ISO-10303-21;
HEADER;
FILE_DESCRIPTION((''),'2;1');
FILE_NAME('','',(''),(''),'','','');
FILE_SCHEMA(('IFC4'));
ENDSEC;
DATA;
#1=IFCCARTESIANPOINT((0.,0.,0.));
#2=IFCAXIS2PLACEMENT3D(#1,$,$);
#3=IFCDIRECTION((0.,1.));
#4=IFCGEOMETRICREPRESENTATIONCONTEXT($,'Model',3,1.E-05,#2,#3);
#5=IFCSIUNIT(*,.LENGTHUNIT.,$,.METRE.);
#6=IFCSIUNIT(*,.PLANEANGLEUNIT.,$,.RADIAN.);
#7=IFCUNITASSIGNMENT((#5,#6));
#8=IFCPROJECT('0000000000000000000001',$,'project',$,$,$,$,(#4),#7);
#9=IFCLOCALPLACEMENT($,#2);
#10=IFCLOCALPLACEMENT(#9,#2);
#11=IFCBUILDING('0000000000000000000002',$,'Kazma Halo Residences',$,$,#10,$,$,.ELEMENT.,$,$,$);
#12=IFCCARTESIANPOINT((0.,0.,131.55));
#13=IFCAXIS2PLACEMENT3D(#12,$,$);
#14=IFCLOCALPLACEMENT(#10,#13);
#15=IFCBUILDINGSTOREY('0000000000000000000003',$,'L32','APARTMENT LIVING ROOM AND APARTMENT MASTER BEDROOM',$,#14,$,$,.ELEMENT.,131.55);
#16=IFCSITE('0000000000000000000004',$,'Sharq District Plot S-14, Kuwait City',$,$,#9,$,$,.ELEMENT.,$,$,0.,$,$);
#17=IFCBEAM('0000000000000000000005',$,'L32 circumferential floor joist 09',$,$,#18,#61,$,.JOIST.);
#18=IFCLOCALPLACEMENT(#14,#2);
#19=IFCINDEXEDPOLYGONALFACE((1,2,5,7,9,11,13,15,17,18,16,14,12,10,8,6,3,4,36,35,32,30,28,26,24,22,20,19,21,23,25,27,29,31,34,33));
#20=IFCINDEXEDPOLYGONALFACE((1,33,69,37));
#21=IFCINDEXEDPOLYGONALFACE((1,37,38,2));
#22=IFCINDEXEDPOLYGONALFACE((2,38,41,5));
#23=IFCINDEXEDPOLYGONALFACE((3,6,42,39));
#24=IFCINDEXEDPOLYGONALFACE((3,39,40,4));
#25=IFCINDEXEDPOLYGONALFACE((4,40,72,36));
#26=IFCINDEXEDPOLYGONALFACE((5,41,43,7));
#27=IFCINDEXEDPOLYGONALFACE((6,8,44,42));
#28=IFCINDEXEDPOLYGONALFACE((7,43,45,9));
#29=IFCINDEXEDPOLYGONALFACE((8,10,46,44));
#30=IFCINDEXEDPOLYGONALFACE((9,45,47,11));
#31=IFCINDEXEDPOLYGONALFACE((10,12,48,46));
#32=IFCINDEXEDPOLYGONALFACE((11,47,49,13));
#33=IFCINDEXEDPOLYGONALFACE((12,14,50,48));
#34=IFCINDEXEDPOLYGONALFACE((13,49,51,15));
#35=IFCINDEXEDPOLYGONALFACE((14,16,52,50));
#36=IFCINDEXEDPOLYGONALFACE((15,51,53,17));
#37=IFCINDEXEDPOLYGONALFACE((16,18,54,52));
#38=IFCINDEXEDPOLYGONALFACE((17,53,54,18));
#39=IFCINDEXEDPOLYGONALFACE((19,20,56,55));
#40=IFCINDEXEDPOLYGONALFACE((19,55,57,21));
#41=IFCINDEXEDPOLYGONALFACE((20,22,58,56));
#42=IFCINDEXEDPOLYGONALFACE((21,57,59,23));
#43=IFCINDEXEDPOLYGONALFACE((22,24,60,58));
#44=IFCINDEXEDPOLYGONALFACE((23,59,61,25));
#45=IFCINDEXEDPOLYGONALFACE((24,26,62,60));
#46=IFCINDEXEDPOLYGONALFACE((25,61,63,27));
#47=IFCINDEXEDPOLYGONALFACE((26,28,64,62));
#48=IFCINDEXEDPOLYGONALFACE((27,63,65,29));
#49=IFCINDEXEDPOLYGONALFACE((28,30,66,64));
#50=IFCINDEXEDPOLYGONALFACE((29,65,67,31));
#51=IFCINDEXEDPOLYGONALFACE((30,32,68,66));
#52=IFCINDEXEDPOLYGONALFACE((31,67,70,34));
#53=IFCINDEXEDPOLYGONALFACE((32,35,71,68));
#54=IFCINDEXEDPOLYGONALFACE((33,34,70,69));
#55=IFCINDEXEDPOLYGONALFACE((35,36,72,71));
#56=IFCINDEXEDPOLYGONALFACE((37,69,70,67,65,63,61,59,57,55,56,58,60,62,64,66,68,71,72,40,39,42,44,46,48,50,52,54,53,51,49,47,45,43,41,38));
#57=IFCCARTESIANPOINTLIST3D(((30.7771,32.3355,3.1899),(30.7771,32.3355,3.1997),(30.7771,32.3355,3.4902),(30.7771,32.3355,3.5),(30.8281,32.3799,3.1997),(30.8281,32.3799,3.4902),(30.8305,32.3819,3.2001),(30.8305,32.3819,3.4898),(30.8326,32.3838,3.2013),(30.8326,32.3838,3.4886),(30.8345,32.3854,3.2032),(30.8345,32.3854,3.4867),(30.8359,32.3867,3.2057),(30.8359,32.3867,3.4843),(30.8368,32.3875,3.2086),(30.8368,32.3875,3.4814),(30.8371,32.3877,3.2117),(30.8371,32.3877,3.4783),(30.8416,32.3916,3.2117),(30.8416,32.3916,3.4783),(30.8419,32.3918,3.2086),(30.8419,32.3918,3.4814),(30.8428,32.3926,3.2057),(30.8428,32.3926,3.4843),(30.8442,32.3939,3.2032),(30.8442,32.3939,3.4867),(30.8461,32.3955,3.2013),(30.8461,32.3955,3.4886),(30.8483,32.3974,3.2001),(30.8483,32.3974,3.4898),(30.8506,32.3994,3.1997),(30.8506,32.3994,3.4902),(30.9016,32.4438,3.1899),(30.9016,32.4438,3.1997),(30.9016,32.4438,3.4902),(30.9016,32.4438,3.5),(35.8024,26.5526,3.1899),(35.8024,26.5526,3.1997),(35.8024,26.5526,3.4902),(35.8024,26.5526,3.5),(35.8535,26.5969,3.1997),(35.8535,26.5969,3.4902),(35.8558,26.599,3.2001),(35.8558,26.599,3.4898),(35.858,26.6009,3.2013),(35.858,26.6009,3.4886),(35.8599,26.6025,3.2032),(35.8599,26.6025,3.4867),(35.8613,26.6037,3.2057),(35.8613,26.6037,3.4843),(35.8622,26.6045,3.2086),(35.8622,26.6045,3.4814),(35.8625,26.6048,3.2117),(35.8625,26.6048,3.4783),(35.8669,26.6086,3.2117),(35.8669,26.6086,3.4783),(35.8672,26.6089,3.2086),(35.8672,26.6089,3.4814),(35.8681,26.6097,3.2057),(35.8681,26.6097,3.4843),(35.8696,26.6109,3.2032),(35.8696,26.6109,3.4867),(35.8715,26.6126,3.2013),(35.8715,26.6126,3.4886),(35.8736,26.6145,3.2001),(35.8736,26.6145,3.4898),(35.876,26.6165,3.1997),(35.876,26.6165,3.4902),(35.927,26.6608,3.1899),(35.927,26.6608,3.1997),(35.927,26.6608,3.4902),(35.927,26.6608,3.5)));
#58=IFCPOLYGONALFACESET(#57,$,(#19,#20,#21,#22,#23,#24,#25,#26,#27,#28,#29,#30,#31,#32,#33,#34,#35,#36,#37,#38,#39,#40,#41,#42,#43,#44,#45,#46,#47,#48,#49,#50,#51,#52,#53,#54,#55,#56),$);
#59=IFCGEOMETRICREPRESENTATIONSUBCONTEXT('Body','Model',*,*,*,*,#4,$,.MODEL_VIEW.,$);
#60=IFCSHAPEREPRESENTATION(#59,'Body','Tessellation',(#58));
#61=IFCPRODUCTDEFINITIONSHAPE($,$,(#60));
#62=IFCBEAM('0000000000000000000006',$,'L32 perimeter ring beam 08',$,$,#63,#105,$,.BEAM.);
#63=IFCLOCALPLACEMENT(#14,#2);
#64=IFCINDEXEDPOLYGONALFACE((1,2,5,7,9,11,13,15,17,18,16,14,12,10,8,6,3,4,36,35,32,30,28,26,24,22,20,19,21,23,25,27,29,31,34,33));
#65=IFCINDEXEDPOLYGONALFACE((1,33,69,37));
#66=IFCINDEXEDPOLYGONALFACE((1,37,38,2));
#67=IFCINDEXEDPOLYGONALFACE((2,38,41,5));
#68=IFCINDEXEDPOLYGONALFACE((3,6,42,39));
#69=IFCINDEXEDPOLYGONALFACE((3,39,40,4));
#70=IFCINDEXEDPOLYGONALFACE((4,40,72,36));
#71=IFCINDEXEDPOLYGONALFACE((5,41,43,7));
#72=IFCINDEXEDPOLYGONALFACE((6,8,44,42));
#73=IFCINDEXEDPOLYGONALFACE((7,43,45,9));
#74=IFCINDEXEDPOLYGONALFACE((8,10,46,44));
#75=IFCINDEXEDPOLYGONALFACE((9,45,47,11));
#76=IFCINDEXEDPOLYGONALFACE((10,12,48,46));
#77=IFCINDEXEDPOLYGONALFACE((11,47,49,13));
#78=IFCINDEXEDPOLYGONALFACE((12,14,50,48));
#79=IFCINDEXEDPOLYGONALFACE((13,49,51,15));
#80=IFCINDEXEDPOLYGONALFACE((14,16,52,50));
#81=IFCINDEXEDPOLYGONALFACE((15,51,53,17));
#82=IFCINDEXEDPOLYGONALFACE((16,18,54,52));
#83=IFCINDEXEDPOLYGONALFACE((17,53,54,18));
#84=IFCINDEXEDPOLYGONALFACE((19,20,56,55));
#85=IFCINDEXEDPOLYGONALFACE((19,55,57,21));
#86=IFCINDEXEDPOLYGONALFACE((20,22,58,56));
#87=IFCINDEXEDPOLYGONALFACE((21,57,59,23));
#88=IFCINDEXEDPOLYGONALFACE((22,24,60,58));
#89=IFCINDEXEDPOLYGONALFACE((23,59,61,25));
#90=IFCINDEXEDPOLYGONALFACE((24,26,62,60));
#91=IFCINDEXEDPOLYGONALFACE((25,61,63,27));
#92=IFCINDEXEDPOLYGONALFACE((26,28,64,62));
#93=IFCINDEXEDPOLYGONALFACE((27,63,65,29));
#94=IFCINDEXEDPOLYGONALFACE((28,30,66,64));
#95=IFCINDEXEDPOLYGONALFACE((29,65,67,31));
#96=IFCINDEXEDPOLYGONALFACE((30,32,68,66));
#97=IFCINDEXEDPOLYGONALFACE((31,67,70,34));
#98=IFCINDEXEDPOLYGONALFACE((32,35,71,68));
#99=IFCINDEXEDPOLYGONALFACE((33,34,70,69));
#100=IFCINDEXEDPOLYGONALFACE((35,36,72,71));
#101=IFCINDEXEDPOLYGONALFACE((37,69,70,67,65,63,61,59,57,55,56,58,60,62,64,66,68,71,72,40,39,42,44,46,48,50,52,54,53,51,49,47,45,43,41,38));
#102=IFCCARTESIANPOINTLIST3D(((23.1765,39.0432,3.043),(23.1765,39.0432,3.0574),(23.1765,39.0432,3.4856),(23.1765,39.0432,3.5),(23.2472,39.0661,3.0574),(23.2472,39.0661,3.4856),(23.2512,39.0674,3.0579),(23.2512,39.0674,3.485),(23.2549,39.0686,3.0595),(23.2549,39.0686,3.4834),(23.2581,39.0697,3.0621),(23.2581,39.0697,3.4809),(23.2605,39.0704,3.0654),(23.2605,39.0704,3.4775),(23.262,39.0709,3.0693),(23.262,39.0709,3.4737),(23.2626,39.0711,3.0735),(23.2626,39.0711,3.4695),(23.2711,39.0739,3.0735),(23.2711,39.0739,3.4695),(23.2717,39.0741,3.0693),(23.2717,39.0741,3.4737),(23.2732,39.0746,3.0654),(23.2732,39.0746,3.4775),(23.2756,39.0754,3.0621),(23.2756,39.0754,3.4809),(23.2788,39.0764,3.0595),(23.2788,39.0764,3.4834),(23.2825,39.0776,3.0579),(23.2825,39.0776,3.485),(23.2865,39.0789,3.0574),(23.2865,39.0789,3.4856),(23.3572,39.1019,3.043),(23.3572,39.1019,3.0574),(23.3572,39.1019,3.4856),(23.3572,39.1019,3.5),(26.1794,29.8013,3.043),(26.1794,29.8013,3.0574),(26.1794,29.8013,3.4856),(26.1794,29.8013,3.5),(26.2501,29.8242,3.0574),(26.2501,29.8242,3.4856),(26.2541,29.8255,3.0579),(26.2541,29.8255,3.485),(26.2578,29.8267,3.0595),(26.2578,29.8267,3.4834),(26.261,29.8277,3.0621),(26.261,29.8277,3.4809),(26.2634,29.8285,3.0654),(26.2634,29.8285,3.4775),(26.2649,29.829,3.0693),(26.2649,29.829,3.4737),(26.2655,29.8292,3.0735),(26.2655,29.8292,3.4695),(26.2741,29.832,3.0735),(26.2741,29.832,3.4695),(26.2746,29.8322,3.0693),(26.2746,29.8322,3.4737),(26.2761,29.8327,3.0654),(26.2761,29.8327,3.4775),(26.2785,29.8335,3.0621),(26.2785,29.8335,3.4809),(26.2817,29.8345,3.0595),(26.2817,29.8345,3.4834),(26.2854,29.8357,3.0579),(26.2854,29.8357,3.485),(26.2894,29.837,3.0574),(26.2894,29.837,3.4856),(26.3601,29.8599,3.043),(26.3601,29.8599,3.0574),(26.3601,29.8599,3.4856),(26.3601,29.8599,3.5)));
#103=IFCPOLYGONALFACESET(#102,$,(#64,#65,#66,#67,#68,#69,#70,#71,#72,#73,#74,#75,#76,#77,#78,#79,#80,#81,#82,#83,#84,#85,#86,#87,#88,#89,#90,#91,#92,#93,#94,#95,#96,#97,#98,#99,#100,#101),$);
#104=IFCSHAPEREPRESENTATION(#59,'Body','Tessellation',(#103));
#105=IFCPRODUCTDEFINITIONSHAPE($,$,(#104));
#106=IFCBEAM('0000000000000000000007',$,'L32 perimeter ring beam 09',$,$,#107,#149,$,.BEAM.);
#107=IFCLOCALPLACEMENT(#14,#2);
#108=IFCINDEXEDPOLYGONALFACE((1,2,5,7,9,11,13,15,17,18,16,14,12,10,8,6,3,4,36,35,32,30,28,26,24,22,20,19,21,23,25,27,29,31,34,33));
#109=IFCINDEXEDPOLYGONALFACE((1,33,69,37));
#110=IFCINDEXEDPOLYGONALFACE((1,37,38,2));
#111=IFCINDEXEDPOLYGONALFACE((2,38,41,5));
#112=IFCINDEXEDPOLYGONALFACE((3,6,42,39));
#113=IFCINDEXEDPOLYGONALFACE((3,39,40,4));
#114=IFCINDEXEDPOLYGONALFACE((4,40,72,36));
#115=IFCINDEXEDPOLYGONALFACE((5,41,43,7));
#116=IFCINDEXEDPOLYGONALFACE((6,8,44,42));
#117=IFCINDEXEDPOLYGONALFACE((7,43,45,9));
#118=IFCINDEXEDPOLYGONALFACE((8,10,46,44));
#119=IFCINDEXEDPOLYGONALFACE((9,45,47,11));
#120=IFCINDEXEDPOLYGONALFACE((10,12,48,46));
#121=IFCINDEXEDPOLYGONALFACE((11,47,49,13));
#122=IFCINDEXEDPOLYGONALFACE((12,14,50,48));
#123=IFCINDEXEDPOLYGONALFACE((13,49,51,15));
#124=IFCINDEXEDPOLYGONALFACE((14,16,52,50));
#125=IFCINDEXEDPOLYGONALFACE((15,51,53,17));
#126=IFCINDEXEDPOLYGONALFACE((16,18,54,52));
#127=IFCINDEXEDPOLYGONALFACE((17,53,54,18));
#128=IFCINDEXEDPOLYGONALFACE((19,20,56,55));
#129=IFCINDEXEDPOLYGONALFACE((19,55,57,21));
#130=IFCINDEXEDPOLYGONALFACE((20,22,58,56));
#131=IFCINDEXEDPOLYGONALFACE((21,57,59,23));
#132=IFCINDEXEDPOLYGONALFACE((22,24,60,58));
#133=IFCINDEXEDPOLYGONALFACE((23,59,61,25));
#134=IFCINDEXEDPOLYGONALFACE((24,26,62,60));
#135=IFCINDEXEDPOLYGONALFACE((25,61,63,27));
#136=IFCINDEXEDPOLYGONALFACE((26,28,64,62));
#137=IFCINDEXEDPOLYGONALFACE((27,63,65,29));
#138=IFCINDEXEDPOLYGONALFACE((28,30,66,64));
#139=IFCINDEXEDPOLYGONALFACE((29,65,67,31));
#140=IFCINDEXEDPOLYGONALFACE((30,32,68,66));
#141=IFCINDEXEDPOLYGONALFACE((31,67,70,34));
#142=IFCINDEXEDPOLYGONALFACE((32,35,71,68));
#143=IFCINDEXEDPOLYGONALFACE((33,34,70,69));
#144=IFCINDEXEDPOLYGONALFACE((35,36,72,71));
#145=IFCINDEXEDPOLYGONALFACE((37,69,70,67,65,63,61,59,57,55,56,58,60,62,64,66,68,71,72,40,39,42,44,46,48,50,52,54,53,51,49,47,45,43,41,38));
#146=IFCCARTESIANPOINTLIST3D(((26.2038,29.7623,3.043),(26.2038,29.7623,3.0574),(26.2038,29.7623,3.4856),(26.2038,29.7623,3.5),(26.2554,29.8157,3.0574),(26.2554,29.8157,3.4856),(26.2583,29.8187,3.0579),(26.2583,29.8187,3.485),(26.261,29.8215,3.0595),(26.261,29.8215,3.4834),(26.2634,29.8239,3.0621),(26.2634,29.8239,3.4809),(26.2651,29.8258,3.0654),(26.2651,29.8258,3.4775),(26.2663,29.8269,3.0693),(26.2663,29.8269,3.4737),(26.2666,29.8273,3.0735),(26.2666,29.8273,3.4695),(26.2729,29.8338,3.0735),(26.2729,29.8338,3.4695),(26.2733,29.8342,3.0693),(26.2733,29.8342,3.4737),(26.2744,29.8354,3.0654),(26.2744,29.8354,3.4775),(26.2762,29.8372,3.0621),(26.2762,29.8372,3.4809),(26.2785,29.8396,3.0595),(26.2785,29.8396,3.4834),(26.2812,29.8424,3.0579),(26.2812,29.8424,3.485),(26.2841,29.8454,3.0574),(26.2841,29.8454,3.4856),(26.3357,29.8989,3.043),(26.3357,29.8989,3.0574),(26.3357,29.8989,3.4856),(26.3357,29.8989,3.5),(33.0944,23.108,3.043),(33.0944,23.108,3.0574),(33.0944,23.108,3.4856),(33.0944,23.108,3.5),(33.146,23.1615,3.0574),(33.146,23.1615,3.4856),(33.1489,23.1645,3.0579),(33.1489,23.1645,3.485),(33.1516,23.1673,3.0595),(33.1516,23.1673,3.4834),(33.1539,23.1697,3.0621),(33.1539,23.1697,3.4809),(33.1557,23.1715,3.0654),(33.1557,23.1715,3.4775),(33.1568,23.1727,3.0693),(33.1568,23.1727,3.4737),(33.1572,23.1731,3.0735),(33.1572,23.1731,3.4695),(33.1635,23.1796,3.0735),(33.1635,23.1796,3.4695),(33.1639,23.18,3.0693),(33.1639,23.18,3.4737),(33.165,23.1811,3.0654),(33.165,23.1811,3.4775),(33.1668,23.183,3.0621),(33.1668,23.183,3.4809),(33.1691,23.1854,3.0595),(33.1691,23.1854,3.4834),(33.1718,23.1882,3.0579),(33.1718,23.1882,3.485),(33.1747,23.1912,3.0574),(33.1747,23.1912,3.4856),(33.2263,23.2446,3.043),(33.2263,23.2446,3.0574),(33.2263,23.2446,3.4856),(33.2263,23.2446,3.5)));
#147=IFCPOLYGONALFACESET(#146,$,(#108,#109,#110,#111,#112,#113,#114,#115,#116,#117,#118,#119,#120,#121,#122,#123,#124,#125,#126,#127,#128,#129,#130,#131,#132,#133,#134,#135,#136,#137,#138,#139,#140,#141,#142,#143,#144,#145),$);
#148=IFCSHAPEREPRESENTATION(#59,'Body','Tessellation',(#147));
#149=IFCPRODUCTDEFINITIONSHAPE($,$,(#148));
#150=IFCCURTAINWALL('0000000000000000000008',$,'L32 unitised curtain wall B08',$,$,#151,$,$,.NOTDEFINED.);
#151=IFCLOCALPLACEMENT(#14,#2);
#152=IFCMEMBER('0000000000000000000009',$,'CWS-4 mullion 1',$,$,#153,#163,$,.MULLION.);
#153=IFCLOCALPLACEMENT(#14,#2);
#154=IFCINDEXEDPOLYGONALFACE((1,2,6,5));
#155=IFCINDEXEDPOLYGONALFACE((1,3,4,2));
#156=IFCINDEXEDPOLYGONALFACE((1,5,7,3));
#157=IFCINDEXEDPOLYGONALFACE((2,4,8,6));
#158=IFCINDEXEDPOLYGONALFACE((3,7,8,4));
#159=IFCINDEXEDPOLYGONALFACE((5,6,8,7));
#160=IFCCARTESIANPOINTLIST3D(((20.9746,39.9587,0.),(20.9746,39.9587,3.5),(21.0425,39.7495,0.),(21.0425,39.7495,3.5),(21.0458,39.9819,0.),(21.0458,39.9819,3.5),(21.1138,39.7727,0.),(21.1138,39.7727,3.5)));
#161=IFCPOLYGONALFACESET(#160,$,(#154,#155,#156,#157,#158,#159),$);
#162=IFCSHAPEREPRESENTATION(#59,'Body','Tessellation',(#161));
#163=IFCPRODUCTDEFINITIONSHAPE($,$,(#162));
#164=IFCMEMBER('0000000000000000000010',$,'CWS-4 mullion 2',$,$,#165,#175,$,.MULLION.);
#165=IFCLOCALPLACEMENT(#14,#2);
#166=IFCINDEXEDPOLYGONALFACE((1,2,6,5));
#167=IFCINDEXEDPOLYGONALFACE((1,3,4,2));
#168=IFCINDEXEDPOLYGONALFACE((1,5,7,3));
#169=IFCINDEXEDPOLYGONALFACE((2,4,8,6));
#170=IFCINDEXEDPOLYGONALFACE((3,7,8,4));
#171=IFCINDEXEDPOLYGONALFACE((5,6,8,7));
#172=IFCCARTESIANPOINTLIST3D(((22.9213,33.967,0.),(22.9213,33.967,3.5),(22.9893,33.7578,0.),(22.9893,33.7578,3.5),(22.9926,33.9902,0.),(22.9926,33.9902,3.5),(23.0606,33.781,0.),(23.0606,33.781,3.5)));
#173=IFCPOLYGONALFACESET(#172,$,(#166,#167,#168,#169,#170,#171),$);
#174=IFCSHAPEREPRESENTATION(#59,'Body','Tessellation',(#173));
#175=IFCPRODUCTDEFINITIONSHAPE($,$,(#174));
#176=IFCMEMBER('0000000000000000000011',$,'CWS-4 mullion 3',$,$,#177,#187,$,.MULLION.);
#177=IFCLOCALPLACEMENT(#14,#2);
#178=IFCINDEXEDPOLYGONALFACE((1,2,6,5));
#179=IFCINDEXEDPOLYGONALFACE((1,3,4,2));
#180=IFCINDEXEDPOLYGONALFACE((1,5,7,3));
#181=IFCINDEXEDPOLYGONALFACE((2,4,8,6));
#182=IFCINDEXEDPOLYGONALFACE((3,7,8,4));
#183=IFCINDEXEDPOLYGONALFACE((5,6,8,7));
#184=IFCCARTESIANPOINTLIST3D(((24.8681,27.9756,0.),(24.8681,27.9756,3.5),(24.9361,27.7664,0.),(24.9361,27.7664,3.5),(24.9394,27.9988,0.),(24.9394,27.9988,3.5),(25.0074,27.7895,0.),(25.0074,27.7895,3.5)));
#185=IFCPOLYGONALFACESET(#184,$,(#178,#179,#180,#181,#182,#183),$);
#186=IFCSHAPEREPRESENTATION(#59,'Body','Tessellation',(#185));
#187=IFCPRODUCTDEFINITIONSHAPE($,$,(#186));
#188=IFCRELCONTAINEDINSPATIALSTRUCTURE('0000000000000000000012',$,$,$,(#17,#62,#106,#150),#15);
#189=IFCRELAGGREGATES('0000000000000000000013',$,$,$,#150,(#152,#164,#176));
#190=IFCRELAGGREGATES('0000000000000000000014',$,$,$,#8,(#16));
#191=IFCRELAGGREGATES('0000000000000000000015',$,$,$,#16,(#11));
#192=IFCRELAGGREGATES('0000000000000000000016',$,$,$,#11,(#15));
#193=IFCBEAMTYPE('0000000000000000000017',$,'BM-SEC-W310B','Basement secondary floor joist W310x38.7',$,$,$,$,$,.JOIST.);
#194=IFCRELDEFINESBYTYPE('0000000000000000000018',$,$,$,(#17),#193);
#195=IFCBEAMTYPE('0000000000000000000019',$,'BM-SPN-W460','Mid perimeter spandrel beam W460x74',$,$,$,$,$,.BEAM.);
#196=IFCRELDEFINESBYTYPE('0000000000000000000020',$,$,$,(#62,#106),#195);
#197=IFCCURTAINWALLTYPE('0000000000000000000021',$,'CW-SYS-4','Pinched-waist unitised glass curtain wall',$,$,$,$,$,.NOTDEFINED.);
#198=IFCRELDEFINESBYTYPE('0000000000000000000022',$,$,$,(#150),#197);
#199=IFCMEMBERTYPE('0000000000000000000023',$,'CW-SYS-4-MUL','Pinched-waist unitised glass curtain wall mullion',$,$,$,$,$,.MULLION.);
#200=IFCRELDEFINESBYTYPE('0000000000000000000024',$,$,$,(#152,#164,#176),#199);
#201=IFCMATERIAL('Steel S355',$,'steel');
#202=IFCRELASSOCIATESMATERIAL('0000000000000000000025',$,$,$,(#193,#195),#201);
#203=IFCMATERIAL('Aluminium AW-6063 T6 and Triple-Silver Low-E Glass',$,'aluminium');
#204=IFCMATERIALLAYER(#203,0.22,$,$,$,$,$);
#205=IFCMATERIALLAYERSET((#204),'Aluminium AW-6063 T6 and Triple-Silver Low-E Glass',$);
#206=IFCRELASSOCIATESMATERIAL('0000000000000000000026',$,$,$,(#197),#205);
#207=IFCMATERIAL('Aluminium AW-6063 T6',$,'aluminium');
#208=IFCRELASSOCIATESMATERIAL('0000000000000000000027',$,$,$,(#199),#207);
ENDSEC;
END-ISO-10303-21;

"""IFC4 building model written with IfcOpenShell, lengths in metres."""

from ifc_helpers import new_model, si_unit, direction, frame, origin, origin_2d, place, context, subcontext, project, spatial, rectangle, i_section, extrude, material, layer, layer_set, material_profile, profile_set, type_object, element, aggregate, save


model = new_model("IFC4")

# Units and contexts
model_context = context("Model", 3, precision=1e-05, world=origin(), true_north=direction((0.0, 1.0)))
body_context = subcontext(model_context, "Body", "Model", "MODEL_VIEW")
ifc_project = project(units=[si_unit("LENGTHUNIT", "METRE"), si_unit("PLANEANGLEUNIT", "RADIAN")], contexts=[model_context])

# Site, building, storey
site_placement = place(None, origin())
site = spatial("IfcSite", under=ifc_project, at=site_placement, Name="Sharq District Plot S-14, Kuwait City", CompositionType="ELEMENT", RefElevation=0.0)
building_placement = place(site_placement, origin())
building = spatial("IfcBuilding", under=site, at=building_placement, Name="Kazma Halo Residences", CompositionType="ELEMENT")
storey_placement = place(building_placement, frame((0.0, 0.0, 131.55)))
storey = spatial("IfcBuildingStorey", under=building, at=storey_placement, Name="L32", Description="APARTMENT LIVING ROOM AND APARTMENT MASTER BEDROOM", CompositionType="ELEMENT", Elevation=131.55)

# Beams
ifc_material_1 = material(Name="Steel S355", Category="steel")
ifc_material_profile_1 = material_profile(ifc_material_1, i_section(OverallWidth=0.165, OverallDepth=0.3101, WebThickness=0.0059, FlangeThickness=0.0098, FilletRadius=0.012, at=origin_2d()), Name="W310x38.7")
ifc_profile_set_1 = profile_set([ifc_material_profile_1], Name="Steel S355")
beam_type_1 = type_object("IfcBeamType", Name="BM-SEC-W310B", Description="Basement secondary floor joist W310x38.7", PredefinedType="JOIST", material=ifc_profile_set_1)
beam_1_placement = place(storey_placement, frame((30.8394, 32.3896, 3.345), z_axis=(0.655936, -0.754817, 0.0), x_axis=(0.754817, 0.655936, 0.0)))
element("IfcBeam", 1, at=beam_1_placement, inside=storey, type_object=beam_type_1, Name="L32 circumferential floor joist 09", PredefinedType="JOIST", context=body_context, shape_type="SweptSolid", body=[
    extrude(i_section(OverallWidth=0.165, OverallDepth=0.3101, WebThickness=0.0059, FlangeThickness=0.0098, FilletRadius=0.012, at=origin_2d()), origin(), (0.0, 0.0, 1.0), 7.6614),
])
ifc_material_profile_2 = material_profile(ifc_material_1, i_section(OverallWidth=0.1899, OverallDepth=0.457, WebThickness=0.009, FlangeThickness=0.0144, FilletRadius=0.0161, at=origin_2d()), Name="W460x74")
ifc_profile_set_2 = profile_set([ifc_material_profile_2], Name="Steel S355")
beam_type_2 = type_object("IfcBeamType", Name="BM-SPN-W460", Description="Mid perimeter spandrel beam W460x74", PredefinedType="BEAM", material=ifc_profile_set_2)
beam_2_placement = place(storey_placement, frame((23.2668, 39.0725, 3.2715), z_axis=(0.309021, -0.951055, 0.0), x_axis=(0.951055, 0.309021, 0.0)))
element("IfcBeam", 2, at=beam_2_placement, inside=storey, type_object=beam_type_2, Name="L32 perimeter ring beam 08", PredefinedType="BEAM", context=body_context, shape_type="SweptSolid", body=[
    extrude(i_section(OverallWidth=0.1899, OverallDepth=0.457, WebThickness=0.009, FlangeThickness=0.0144, FilletRadius=0.0161, at=origin_2d()), origin(), (0.0, 0.0, 1.0), 9.7175),
])
beam_3_placement = place(storey_placement, frame((26.2698, 29.8306, 3.2715), z_axis=(0.719335, -0.694664, 0.0), x_axis=(0.694664, 0.719335, 0.0)))
element("IfcBeam", 3, at=beam_3_placement, inside=storey, type_object=beam_type_2, Name="L32 perimeter ring beam 09", PredefinedType="BEAM", context=body_context, shape_type="SweptSolid", body=[
    extrude(i_section(OverallWidth=0.1899, OverallDepth=0.457, WebThickness=0.009, FlangeThickness=0.0144, FilletRadius=0.0161, at=origin_2d()), origin(), (0.0, 0.0, 1.0), 9.5791),
])

# Curtain wall, members
ifc_material_2 = material(Name="Aluminium AW-6063 T6 and Triple-Silver Low-E Glass", Category="aluminium")
ifc_layer_1 = layer(ifc_material_2, 0.22)
ifc_layer_set_1 = layer_set([ifc_layer_1], Name="Aluminium AW-6063 T6 and Triple-Silver Low-E Glass")
curtain_wall_type = type_object("IfcCurtainWallType", Name="CW-SYS-4", Description="Pinched-waist unitised glass curtain wall", PredefinedType="NOTDEFINED", material=ifc_layer_set_1)
curtain_wall_1_placement = place(storey_placement, origin())
curtain_wall_1 = element("IfcCurtainWall", 4, at=curtain_wall_1_placement, inside=storey, type_object=curtain_wall_type, Name="L32 unitised curtain wall B08", PredefinedType="NOTDEFINED")
ifc_material_3 = material(Name="Aluminium AW-6063 T6", Category="aluminium")
ifc_material_profile_3 = material_profile(ifc_material_3, rectangle(XDim=0.075, YDim=0.22, at=origin_2d()), Name="CWM-75x220")
ifc_profile_set_3 = profile_set([ifc_material_profile_3], Name="Aluminium AW-6063 T6")
member_type_1 = type_object("IfcMemberType", Name="CW-SYS-4-MUL", Description="Pinched-waist unitised glass curtain wall mullion", PredefinedType="MULLION", material=ifc_profile_set_3)
member_1_placement = place(storey_placement, frame((21.0442, 39.8657, 0.0), z_axis=(0.0, 0.0, 1.0), x_axis=(0.951058, 0.309014, 0.0)))
member_1 = element("IfcMember", 5, at=member_1_placement, type_object=member_type_1, Name="CWS-4 mullion 1", PredefinedType="MULLION", context=body_context, shape_type="SweptSolid", body=[
    extrude(rectangle(XDim=0.075, YDim=0.22, at=origin_2d()), origin(), (0.0, 0.0, 1.0), 3.5),
])
member_2_placement = place(storey_placement, frame((22.991, 33.874, 0.0), z_axis=(0.0, 0.0, 1.0), x_axis=(0.951058, 0.309014, 0.0)))
member_2 = element("IfcMember", 6, at=member_2_placement, type_object=member_type_1, Name="CWS-4 mullion 2", PredefinedType="MULLION", context=body_context, shape_type="SweptSolid", body=[
    extrude(rectangle(XDim=0.075, YDim=0.22, at=origin_2d()), origin(), (0.0, 0.0, 1.0), 3.5),
])
member_3_placement = place(storey_placement, frame((24.9377, 27.8826, 0.0), z_axis=(0.0, 0.0, 1.0), x_axis=(0.951058, 0.309014, 0.0)))
member_3 = element("IfcMember", 7, at=member_3_placement, type_object=member_type_1, Name="CWS-4 mullion 3", PredefinedType="MULLION", context=body_context, shape_type="SweptSolid", body=[
    extrude(rectangle(XDim=0.075, YDim=0.22, at=origin_2d()), origin(), (0.0, 0.0, 1.0), 3.5),
])

aggregate(curtain_wall_1, [member_1, member_2, member_3])

save(model, "model.ifc")
